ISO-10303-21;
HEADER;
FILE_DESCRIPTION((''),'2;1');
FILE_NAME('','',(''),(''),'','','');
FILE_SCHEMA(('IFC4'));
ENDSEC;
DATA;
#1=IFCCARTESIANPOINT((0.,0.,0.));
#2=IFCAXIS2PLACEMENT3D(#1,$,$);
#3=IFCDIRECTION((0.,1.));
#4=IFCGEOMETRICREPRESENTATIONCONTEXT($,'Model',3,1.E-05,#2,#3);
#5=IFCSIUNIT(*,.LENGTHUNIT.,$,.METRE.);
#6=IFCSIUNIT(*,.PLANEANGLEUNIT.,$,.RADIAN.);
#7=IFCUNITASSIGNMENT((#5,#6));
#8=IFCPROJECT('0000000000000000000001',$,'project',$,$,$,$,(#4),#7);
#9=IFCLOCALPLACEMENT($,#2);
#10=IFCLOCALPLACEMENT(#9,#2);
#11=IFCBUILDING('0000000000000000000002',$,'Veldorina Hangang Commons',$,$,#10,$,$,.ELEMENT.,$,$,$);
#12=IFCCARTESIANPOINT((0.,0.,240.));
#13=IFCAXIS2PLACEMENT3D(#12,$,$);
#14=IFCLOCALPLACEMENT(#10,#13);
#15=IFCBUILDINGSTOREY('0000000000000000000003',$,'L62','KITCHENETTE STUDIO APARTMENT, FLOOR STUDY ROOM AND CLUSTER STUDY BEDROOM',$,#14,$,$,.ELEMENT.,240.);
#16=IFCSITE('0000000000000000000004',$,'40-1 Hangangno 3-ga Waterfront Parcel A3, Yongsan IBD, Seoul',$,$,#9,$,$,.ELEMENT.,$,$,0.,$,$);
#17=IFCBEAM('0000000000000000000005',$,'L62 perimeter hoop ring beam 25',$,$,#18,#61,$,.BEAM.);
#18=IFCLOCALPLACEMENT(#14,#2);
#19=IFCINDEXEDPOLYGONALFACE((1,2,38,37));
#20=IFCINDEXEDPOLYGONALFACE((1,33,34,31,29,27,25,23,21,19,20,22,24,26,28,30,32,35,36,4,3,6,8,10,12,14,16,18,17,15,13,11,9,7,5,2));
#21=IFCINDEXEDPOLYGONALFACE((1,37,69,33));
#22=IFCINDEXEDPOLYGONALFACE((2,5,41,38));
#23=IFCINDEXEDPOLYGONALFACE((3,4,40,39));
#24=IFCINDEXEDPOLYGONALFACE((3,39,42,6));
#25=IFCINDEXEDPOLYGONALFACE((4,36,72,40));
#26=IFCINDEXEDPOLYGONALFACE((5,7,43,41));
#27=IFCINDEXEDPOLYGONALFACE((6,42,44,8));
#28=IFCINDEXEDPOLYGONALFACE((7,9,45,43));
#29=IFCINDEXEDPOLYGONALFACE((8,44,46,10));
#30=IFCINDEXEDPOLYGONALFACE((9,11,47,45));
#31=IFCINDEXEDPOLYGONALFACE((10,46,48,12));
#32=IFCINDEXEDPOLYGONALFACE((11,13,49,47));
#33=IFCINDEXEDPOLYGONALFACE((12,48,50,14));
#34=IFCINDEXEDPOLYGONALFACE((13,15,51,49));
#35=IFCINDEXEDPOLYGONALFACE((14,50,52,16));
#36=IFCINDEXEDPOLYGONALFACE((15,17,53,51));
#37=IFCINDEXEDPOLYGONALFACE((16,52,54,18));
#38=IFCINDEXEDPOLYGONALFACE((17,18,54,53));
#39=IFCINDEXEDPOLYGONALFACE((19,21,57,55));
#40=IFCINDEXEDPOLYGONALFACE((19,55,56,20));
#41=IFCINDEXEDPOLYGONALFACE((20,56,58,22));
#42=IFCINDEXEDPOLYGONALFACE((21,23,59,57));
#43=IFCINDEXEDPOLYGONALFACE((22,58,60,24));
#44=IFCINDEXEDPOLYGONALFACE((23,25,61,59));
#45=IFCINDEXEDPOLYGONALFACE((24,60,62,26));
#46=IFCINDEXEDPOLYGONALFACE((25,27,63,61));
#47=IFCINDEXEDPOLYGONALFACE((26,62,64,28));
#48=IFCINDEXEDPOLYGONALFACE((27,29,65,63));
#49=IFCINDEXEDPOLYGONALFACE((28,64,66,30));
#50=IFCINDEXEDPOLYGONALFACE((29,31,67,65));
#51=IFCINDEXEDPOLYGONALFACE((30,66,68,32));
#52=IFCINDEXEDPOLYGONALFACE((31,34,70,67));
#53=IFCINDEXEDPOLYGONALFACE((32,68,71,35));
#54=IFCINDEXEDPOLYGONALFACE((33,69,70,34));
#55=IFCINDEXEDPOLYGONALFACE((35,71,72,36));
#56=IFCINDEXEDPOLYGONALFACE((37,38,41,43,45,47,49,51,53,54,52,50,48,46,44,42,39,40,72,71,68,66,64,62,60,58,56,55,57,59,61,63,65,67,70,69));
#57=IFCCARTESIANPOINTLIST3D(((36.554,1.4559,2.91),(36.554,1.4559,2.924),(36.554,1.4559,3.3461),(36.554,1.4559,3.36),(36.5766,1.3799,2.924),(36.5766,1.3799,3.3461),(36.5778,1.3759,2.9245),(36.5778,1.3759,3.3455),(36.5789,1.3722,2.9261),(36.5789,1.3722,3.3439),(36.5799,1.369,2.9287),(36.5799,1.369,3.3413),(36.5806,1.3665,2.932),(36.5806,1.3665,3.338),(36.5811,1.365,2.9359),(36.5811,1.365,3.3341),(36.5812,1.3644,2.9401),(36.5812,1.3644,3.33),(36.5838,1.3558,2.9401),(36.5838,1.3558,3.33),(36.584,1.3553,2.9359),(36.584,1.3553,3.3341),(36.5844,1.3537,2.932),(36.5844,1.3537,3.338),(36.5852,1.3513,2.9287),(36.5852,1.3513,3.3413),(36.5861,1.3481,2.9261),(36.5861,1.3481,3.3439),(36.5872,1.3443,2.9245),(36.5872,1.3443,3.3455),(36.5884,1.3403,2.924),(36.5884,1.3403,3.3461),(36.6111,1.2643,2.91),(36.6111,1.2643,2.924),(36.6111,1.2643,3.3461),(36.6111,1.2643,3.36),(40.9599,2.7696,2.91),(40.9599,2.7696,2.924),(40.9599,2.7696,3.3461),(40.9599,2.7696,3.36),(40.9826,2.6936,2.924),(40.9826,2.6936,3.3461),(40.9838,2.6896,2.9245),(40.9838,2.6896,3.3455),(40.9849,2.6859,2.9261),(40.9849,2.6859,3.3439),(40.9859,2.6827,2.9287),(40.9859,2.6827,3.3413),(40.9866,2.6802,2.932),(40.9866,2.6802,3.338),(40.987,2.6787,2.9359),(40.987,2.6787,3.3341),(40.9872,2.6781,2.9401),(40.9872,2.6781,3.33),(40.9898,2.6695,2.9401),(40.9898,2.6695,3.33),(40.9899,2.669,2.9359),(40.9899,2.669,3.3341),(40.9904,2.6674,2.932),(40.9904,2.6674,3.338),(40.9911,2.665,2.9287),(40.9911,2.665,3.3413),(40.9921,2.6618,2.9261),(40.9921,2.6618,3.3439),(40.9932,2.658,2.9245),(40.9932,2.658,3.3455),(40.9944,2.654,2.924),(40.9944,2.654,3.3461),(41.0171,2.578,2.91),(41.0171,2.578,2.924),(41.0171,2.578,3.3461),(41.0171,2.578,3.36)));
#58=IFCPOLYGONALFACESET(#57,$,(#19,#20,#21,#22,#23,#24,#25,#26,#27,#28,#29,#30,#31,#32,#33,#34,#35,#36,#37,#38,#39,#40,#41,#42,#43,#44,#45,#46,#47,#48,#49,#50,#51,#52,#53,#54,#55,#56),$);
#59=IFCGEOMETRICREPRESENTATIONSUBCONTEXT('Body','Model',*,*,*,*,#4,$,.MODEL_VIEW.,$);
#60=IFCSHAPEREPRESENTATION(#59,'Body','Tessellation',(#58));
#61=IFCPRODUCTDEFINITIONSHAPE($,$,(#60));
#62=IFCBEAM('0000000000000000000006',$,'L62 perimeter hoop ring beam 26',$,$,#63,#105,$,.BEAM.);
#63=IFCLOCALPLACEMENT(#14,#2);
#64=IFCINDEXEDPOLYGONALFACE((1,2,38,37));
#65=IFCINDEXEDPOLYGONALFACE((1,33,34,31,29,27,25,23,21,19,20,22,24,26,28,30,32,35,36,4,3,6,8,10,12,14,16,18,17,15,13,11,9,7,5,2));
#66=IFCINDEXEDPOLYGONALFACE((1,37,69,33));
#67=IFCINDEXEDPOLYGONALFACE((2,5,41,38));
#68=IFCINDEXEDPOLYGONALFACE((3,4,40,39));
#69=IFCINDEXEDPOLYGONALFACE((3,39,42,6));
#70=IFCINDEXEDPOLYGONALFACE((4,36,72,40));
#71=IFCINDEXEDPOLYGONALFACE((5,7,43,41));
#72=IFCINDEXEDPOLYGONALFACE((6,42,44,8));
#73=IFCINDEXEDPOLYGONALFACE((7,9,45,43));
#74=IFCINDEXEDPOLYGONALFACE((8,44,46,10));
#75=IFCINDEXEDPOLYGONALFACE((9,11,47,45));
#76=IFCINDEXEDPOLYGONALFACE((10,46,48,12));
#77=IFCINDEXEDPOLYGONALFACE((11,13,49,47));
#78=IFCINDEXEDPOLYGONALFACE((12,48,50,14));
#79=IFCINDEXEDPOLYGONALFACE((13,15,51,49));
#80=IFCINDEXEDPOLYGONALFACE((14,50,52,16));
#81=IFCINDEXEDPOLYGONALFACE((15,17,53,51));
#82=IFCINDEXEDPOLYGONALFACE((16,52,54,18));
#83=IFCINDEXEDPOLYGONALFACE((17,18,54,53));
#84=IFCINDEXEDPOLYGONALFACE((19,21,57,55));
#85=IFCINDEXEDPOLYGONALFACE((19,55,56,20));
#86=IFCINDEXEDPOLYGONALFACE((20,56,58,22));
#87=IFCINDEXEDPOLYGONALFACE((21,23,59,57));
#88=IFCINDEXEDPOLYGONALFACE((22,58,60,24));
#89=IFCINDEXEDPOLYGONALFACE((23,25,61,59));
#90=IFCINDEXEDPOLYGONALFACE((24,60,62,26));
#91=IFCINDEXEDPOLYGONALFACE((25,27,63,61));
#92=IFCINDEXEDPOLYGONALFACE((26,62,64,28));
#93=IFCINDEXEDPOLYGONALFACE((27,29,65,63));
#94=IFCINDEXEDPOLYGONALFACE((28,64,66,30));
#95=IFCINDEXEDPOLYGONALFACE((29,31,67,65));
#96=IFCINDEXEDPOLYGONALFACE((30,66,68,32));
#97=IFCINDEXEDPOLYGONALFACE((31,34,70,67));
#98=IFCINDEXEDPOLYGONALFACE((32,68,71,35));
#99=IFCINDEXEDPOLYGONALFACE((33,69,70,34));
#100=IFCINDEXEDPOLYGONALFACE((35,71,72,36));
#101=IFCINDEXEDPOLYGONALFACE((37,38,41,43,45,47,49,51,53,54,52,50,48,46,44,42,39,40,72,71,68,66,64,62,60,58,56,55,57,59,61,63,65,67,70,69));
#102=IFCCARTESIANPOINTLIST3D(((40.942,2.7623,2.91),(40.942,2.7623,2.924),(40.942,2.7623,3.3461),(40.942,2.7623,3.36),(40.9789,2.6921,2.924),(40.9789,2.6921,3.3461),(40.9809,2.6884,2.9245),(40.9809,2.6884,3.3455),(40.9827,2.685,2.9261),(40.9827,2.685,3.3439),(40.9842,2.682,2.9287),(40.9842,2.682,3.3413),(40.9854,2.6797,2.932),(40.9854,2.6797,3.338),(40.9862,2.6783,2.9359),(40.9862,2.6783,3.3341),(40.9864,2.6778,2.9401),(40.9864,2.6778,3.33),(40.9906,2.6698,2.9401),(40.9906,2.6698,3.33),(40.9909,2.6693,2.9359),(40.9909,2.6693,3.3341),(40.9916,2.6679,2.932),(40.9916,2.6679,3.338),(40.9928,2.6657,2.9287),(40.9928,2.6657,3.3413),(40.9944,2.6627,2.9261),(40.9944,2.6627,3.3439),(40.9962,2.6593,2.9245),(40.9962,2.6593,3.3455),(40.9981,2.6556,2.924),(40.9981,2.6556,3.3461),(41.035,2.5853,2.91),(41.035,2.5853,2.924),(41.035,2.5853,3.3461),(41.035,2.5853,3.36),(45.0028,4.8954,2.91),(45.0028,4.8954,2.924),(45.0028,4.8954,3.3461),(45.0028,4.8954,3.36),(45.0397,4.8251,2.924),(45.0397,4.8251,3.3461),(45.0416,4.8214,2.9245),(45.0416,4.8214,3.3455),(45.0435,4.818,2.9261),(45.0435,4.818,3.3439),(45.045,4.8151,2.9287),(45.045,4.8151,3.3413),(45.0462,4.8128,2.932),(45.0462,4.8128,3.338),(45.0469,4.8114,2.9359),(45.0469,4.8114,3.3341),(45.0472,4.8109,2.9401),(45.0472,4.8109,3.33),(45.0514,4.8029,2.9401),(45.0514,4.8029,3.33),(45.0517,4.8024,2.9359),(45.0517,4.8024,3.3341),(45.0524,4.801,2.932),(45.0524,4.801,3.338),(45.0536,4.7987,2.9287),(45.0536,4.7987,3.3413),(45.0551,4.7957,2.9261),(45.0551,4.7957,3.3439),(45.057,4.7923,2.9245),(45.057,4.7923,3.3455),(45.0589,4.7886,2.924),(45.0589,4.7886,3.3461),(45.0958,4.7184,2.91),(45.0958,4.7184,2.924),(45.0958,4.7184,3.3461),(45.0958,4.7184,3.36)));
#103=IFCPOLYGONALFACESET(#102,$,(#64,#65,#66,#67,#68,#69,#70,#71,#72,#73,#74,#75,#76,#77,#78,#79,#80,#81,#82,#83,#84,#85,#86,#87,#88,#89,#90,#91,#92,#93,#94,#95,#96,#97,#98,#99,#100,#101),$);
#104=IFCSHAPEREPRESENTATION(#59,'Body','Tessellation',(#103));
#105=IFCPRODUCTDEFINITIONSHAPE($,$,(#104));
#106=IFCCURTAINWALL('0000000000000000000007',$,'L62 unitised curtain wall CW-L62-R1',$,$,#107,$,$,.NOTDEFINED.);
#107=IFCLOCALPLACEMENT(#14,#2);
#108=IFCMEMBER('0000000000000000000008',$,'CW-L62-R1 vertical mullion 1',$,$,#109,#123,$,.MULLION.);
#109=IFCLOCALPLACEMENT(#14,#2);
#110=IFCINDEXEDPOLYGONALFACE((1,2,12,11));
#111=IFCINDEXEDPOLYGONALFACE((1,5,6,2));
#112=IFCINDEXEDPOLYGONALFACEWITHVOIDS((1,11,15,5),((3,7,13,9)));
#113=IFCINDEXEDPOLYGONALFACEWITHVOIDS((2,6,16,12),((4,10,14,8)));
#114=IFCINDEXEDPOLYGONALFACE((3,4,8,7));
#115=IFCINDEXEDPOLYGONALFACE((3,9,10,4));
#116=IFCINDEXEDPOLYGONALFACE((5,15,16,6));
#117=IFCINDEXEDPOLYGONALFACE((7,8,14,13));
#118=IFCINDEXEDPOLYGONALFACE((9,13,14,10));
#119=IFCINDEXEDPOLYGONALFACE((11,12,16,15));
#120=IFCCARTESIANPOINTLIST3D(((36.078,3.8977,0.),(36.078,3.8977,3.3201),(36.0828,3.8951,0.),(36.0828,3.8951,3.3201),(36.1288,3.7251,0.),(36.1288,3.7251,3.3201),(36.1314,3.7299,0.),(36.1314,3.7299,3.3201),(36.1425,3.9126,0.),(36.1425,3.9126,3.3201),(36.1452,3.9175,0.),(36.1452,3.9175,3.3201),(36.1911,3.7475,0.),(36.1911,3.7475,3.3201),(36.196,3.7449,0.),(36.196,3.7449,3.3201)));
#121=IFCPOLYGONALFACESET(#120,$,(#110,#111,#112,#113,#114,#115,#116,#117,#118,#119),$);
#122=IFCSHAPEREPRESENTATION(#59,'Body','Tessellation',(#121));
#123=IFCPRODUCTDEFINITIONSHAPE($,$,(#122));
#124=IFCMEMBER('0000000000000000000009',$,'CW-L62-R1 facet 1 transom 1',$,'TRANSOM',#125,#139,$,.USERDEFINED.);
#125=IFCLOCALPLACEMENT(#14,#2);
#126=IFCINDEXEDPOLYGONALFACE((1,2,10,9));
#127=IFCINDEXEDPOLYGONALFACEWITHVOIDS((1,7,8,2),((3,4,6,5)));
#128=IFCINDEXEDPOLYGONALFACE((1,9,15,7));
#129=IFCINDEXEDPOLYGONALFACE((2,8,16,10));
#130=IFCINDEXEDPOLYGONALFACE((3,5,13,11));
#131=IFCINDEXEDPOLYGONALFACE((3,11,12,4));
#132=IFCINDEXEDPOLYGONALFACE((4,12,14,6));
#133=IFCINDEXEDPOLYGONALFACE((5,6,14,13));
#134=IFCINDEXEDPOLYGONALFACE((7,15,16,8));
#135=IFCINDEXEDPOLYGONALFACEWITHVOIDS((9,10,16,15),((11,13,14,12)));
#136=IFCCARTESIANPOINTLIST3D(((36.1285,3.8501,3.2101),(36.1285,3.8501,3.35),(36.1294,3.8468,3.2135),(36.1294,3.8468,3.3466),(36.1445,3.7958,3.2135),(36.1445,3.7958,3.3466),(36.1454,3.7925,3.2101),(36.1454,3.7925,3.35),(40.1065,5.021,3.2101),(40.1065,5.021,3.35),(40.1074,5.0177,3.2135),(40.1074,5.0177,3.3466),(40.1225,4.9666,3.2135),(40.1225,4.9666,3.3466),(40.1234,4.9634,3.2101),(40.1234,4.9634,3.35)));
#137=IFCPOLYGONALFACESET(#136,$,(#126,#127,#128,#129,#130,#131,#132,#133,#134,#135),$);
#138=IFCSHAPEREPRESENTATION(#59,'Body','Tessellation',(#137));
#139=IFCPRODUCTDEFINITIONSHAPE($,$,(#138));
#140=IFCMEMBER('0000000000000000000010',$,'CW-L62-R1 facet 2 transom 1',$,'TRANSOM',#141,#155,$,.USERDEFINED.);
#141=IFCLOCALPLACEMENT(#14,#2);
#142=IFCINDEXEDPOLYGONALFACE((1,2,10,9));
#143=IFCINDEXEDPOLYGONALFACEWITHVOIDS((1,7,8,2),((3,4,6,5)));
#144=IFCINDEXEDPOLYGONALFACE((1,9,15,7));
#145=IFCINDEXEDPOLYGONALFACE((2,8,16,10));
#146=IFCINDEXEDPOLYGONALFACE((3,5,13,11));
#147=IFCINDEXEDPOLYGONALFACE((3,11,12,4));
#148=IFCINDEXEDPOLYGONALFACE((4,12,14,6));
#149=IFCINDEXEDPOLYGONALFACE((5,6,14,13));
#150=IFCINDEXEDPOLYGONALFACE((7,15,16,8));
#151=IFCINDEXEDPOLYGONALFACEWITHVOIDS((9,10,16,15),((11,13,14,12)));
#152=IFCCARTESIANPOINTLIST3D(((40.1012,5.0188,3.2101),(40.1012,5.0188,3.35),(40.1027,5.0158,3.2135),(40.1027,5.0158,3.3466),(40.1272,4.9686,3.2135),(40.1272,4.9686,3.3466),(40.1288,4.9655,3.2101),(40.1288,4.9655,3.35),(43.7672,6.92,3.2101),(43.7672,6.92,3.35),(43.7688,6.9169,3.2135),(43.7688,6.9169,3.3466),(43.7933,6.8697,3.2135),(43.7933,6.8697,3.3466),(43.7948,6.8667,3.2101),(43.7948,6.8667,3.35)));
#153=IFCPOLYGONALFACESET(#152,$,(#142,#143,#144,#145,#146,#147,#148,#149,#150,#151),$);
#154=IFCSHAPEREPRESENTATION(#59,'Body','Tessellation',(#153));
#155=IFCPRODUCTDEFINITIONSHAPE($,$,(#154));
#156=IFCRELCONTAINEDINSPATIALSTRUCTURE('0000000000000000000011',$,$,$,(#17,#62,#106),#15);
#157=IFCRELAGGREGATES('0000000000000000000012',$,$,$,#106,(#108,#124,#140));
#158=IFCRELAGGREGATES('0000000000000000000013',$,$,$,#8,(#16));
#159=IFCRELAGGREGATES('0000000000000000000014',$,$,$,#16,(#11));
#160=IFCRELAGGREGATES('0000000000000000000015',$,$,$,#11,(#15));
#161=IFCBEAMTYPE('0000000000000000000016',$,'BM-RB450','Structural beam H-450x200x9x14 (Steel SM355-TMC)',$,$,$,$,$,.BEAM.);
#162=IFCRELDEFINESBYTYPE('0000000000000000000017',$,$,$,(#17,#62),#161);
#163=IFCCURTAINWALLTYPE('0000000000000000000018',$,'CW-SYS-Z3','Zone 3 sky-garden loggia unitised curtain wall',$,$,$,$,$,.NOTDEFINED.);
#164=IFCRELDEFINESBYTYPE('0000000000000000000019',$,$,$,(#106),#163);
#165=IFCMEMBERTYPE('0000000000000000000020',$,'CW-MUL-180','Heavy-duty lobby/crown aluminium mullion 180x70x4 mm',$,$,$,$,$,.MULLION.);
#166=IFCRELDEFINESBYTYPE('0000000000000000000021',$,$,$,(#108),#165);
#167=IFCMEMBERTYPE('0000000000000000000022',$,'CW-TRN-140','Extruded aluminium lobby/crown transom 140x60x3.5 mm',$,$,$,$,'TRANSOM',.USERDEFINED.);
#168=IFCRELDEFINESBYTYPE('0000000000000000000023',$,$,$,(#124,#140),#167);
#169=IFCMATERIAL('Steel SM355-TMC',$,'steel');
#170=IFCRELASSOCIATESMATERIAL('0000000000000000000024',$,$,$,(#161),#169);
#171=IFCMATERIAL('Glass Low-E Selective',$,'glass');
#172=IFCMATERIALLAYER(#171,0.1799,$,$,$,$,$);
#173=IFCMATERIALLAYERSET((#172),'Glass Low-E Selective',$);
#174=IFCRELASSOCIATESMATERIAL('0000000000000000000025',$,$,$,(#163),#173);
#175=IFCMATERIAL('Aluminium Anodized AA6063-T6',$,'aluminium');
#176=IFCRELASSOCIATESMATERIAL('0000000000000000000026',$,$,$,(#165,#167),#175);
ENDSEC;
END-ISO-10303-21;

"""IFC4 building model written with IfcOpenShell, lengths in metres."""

from ifc_helpers import new_model, si_unit, direction, frame, origin, origin_2d, place, context, subcontext, project, spatial, hollow_rectangle, i_section, extrude, material, layer, layer_set, material_profile, profile_set, type_object, element, aggregate, save


model = new_model("IFC4")

# Units and contexts
model_context = context("Model", 3, precision=1e-05, world=origin(), true_north=direction((0.0, 1.0)))
body_context = subcontext(model_context, "Body", "Model", "MODEL_VIEW")
ifc_project = project(units=[si_unit("LENGTHUNIT", "METRE"), si_unit("PLANEANGLEUNIT", "RADIAN")], contexts=[model_context])

# Site, building, storey
site_placement = place(None, origin())
site = spatial("IfcSite", under=ifc_project, at=site_placement, Name="40-1 Hangangno 3-ga Waterfront Parcel A3, Yongsan IBD, Seoul", CompositionType="ELEMENT", RefElevation=0.0)
building_placement = place(site_placement, origin())
building = spatial("IfcBuilding", under=site, at=building_placement, Name="Veldorina Hangang Commons", CompositionType="ELEMENT")
storey_placement = place(building_placement, frame((0.0, 0.0, 240.0)))
storey = spatial("IfcBuildingStorey", under=building, at=storey_placement, Name="L62", Description="KITCHENETTE STUDIO APARTMENT, FLOOR STUDY ROOM AND CLUSTER STUDY BEDROOM", CompositionType="ELEMENT", Elevation=240.0)

# Beams
ifc_material_1 = material(Name="Steel SM355-TMC", Category="steel")
ifc_material_profile_1 = material_profile(ifc_material_1, i_section(OverallWidth=0.2, OverallDepth=0.45, WebThickness=0.009, FlangeThickness=0.0139, FilletRadius=0.0161, at=origin_2d()), Name="H-450x200x9x14")
ifc_profile_set_1 = profile_set([ifc_material_profile_1], Name="Steel SM355-TMC")
beam_type = type_object("IfcBeamType", Name="BM-RB450", Description="Structural beam H-450x200x9x14 (Steel SM355-TMC)", PredefinedType="BEAM", material=ifc_profile_set_1)
beam_1_placement = place(storey_placement, frame((36.5825, 1.3601, 3.135), z_axis=(0.958309, 0.285735, 0.0), x_axis=(-0.285735, 0.958309, 0.0)))
element("IfcBeam", 1, at=beam_1_placement, inside=storey, type_object=beam_type, Name="L62 perimeter hoop ring beam 25", PredefinedType="BEAM", context=body_context, shape_type="SweptSolid", body=[
    extrude(i_section(OverallWidth=0.2, OverallDepth=0.45, WebThickness=0.009, FlangeThickness=0.0139, FilletRadius=0.0161, at=origin_2d()), origin(), (0.0, 0.0, 1.0), 4.5977),
])
beam_2_placement = place(storey_placement, frame((40.9885, 2.6738, 3.135), z_axis=(0.885295, 0.465029, 0.0), x_axis=(-0.465029, 0.885295, 0.0)))
element("IfcBeam", 2, at=beam_2_placement, inside=storey, type_object=beam_type, Name="L62 perimeter hoop ring beam 26", PredefinedType="BEAM", context=body_context, shape_type="SweptSolid", body=[
    extrude(i_section(OverallWidth=0.2, OverallDepth=0.45, WebThickness=0.009, FlangeThickness=0.0139, FilletRadius=0.0161, at=origin_2d()), origin(), (0.0, 0.0, 1.0), 4.5869),
])

# Curtain wall, members
ifc_material_2 = material(Name="Glass Low-E Selective", Category="glass")
ifc_layer_1 = layer(ifc_material_2, 0.1799)
ifc_layer_set_1 = layer_set([ifc_layer_1], Name="Glass Low-E Selective")
curtain_wall_type = type_object("IfcCurtainWallType", Name="CW-SYS-Z3", Description="Zone 3 sky-garden loggia unitised curtain wall", PredefinedType="NOTDEFINED", material=ifc_layer_set_1)
curtain_wall_placement = place(storey_placement, origin())
curtain_wall = element("IfcCurtainWall", 3, at=curtain_wall_placement, inside=storey, type_object=curtain_wall_type, Name="L62 unitised curtain wall CW-L62-R1", PredefinedType="NOTDEFINED")
ifc_material_3 = material(Name="Aluminium Anodized AA6063-T6", Category="aluminium")
ifc_material_profile_2 = material_profile(ifc_material_3, hollow_rectangle(XDim=0.0701, YDim=0.1799, WallThickness=0.0039, at=origin_2d()), Name="ALU-RHS-180x70x4")
ifc_profile_set_2 = profile_set([ifc_material_profile_2], Name="Aluminium Anodized AA6063-T6")
member_type_1 = type_object("IfcMemberType", Name="CW-MUL-180", Description="Heavy-duty lobby/crown aluminium mullion 180x70x4 mm", PredefinedType="MULLION", material=ifc_profile_set_2)
member_1_placement = place(storey_placement, frame((36.137, 3.8213, 0.0), z_axis=(0.0, 0.0, 1.0), x_axis=(0.959314, 0.282341, 0.0)))
member_1 = element("IfcMember", 4, at=member_1_placement, type_object=member_type_1, Name="CW-L62-R1 vertical mullion 1", PredefinedType="MULLION", context=body_context, shape_type="SweptSolid", body=[
    extrude(hollow_rectangle(XDim=0.0701, YDim=0.1799, WallThickness=0.0039, at=origin_2d()), origin(), (0.0, 0.0, 1.0), 3.3201),
])
ifc_material_profile_3 = material_profile(ifc_material_3, hollow_rectangle(XDim=0.0601, YDim=0.1399, WallThickness=0.0034, at=origin_2d()), Name="ALU-RHS-140x60x3.5")
ifc_profile_set_3 = profile_set([ifc_material_profile_3], Name="Aluminium Anodized AA6063-T6")
member_type_2 = type_object("IfcMemberType", Name="CW-TRN-140", Description="Extruded aluminium lobby/crown transom 140x60x3.5 mm", ElementType="TRANSOM", PredefinedType="USERDEFINED", material=ifc_profile_set_3)
member_2_placement = place(storey_placement, frame((36.137, 3.8213, 3.28), z_axis=(0.959307, 0.282364, 0.0), x_axis=(-0.282364, 0.959307, 0.0)))
member_2 = element("IfcMember", 5, at=member_2_placement, type_object=member_type_2, Name="CW-L62-R1 facet 1 transom 1", ObjectType="TRANSOM", PredefinedType="USERDEFINED", context=body_context, shape_type="SweptSolid", body=[
    extrude(hollow_rectangle(XDim=0.0601, YDim=0.1399, WallThickness=0.0034, at=origin_2d()), origin(), (0.0, 0.0, 1.0), 4.1467),
])
member_3_placement = place(storey_placement, frame((40.115, 4.9922, 3.28), z_axis=(0.887732, 0.46036, 0.0), x_axis=(-0.46036, 0.887732, 0.0)))
member_3 = element("IfcMember", 6, at=member_3_placement, type_object=member_type_2, Name="CW-L62-R1 facet 2 transom 1", ObjectType="TRANSOM", PredefinedType="USERDEFINED", context=body_context, shape_type="SweptSolid", body=[
    extrude(hollow_rectangle(XDim=0.0601, YDim=0.1399, WallThickness=0.0034, at=origin_2d()), origin(), (0.0, 0.0, 1.0), 4.1296),
])

aggregate(curtain_wall, [member_1, member_2, member_3])

save(model, "model.ifc")
